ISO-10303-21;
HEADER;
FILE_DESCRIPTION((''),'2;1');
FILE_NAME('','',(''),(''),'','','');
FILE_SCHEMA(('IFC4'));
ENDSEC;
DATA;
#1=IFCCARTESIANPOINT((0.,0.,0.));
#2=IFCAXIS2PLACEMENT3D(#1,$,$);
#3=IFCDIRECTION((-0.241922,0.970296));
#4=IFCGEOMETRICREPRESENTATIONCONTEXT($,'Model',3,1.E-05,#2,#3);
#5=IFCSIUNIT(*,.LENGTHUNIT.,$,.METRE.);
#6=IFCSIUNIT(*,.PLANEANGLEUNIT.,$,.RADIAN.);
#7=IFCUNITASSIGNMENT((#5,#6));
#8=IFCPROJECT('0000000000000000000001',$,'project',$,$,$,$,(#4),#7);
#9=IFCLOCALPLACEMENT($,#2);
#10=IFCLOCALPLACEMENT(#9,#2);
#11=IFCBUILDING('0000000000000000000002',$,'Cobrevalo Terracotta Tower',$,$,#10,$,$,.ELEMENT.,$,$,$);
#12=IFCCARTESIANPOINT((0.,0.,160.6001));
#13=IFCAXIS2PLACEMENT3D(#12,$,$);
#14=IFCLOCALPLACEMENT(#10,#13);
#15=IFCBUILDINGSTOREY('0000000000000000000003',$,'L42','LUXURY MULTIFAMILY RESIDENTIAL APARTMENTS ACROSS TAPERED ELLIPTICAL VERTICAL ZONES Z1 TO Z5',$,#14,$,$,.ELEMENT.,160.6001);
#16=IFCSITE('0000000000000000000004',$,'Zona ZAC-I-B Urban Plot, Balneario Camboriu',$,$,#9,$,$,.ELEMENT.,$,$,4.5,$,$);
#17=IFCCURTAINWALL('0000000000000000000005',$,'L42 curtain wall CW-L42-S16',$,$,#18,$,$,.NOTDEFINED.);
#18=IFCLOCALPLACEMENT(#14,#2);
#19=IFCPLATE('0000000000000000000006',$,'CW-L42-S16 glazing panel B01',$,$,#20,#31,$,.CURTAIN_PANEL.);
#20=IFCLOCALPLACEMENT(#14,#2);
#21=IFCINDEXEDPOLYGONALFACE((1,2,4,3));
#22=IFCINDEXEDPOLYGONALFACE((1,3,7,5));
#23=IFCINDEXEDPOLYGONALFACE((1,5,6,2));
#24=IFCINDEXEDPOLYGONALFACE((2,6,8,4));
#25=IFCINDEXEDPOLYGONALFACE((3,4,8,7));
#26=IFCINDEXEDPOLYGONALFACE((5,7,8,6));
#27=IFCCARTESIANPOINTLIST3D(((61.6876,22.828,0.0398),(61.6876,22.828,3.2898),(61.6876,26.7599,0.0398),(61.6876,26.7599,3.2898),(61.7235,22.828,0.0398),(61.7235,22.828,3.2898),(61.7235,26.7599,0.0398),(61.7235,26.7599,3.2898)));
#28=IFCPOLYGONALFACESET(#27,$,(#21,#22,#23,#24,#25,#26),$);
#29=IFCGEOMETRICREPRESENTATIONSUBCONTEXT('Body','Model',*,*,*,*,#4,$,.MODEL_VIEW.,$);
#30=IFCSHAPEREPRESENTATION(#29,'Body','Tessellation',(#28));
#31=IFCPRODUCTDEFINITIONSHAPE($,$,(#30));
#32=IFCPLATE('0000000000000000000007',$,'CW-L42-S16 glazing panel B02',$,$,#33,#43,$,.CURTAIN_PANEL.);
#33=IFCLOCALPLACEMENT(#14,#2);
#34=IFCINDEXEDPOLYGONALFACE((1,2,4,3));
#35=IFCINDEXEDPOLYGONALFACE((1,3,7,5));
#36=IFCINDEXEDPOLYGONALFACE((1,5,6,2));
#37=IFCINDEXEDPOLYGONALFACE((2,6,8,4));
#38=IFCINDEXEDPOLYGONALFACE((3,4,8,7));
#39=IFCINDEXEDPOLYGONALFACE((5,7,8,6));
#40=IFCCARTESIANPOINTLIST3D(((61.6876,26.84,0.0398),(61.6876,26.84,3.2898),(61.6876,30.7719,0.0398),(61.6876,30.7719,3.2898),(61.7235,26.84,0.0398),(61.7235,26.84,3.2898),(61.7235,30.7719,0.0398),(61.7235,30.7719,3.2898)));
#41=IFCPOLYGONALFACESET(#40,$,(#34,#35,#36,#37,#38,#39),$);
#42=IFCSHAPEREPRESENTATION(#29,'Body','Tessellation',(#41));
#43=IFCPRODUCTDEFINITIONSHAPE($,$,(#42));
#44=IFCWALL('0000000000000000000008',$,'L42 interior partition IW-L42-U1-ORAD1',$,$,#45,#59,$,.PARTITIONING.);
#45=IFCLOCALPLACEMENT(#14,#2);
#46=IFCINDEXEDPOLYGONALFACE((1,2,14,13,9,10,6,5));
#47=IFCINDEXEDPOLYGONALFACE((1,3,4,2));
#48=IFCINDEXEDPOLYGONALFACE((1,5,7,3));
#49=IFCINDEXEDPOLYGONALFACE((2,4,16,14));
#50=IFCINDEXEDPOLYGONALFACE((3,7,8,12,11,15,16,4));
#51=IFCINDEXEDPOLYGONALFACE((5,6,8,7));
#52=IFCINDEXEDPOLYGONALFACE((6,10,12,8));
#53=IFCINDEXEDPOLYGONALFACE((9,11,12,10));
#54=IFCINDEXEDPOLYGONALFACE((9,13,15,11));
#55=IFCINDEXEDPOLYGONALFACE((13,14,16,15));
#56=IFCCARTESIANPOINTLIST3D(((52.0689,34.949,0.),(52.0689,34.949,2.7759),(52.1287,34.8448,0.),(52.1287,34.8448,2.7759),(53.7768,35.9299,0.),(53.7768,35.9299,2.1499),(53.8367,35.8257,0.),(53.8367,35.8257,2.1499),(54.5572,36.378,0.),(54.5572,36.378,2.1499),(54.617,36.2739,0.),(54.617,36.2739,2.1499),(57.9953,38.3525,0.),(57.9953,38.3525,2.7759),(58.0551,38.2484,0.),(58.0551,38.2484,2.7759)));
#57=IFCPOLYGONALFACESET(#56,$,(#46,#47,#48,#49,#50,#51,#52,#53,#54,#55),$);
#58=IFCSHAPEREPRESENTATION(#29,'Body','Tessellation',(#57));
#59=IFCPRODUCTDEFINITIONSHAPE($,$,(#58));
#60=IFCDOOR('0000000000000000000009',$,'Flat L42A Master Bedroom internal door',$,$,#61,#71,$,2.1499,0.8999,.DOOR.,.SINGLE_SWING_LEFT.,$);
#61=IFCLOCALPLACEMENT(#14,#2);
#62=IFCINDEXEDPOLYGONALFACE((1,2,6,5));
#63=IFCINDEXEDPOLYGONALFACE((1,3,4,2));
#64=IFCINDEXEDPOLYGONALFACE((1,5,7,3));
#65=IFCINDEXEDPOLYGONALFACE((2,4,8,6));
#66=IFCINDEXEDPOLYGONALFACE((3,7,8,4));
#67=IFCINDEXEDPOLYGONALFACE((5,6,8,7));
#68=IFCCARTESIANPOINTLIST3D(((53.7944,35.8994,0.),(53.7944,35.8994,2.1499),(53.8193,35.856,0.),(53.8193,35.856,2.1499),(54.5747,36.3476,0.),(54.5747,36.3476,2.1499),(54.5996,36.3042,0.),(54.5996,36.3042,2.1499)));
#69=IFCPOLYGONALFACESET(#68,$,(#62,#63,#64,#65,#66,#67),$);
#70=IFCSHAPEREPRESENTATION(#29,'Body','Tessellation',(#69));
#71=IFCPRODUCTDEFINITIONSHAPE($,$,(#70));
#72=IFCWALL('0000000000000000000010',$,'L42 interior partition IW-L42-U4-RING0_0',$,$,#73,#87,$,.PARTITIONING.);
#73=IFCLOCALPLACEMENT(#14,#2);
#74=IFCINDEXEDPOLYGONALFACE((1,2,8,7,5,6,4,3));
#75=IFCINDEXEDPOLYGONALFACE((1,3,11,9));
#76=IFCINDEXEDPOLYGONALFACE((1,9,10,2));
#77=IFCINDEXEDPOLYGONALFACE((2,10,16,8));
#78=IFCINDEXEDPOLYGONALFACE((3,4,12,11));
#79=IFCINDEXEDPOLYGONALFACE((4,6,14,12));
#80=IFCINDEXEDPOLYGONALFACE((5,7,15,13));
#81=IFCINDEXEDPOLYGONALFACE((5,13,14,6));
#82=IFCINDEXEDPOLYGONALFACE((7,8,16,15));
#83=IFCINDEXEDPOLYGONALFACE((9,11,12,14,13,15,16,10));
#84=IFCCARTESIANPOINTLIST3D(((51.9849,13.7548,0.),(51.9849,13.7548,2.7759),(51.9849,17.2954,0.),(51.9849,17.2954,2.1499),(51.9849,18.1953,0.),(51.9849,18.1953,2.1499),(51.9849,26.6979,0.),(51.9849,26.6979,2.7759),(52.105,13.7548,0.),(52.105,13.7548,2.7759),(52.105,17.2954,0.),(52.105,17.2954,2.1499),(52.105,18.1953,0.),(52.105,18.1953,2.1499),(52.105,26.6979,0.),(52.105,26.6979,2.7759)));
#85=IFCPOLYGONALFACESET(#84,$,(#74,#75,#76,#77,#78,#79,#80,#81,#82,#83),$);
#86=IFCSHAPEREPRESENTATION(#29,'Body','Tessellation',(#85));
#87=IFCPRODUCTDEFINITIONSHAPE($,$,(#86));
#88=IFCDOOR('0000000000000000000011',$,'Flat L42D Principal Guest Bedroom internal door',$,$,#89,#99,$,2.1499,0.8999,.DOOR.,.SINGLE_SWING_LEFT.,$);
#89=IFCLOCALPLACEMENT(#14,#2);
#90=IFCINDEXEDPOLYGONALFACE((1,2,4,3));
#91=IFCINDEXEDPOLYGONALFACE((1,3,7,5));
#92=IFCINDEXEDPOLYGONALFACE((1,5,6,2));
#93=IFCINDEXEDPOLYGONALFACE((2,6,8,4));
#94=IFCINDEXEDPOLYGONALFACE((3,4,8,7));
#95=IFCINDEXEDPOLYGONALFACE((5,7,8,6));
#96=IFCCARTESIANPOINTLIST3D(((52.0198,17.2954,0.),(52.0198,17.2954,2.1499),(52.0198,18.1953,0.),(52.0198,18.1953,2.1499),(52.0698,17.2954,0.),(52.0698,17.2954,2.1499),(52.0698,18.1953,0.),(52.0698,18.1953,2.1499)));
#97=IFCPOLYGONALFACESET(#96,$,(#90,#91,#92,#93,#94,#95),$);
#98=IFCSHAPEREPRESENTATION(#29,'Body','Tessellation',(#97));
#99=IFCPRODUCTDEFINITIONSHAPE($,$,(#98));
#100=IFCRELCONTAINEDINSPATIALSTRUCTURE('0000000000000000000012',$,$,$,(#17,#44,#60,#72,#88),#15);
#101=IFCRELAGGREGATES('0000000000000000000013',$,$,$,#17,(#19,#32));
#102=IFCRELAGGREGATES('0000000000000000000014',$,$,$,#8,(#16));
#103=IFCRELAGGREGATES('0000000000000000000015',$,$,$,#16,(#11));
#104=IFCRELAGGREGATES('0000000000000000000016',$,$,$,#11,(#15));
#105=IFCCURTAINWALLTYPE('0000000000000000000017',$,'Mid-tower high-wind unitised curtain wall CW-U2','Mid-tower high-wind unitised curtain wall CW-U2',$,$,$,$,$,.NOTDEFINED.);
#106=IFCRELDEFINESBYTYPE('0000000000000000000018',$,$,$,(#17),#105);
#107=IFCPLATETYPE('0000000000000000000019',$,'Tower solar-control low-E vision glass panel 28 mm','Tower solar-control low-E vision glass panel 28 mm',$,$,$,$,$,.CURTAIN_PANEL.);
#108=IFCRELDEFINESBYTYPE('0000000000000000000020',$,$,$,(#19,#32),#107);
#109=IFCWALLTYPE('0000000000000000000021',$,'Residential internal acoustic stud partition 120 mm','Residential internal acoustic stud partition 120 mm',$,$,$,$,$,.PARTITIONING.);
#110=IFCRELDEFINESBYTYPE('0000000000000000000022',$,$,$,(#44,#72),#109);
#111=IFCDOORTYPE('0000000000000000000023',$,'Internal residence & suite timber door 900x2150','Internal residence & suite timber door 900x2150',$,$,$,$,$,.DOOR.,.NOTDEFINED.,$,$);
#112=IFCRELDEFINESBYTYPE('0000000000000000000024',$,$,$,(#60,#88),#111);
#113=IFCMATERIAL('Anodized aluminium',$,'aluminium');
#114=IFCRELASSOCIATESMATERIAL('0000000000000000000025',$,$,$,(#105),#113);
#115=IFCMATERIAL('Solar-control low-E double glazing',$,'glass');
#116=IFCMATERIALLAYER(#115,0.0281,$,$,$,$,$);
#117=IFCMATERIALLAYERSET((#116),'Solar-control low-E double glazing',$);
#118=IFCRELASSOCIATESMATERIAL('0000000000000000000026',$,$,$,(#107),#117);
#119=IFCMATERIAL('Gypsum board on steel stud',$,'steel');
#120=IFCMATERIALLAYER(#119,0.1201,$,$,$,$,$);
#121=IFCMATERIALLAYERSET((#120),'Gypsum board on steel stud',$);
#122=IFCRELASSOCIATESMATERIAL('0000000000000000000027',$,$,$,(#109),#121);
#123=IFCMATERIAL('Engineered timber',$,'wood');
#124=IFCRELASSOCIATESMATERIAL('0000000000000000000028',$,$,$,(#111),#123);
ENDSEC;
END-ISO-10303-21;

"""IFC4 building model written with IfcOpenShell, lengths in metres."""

from ifc_helpers import new_model, si_unit, direction, frame, frame_2d, origin, origin_2d, place, context, subcontext, project, spatial, rectangle, extrude, source, transform, mapped, material, layer, layer_set, type_object, element, fill, aggregate, save


model = new_model("IFC4")

# Units and contexts
model_context = context("Model", 3, precision=1e-05, world=origin(), true_north=direction((-0.241922, 0.970296)))
body_context = subcontext(model_context, "Body", "Model", "MODEL_VIEW")
ifc_project = project(units=[si_unit("LENGTHUNIT", "METRE"), si_unit("PLANEANGLEUNIT", "RADIAN")], contexts=[model_context])

# Site, building, storey
site_placement = place(None, origin())
site = spatial("IfcSite", under=ifc_project, at=site_placement, Name="Zona ZAC-I-B Urban Plot, Balneario Camboriu", CompositionType="ELEMENT", RefElevation=4.5)
building_placement = place(site_placement, origin())
building = spatial("IfcBuilding", under=site, at=building_placement, Name="Cobrevalo Terracotta Tower", CompositionType="ELEMENT")
storey_placement = place(building_placement, frame((0.0, 0.0, 160.6001)))
storey = spatial("IfcBuildingStorey", under=building, at=storey_placement, Name="L42", Description="LUXURY MULTIFAMILY RESIDENTIAL APARTMENTS ACROSS TAPERED ELLIPTICAL VERTICAL ZONES Z1 TO Z5", CompositionType="ELEMENT", Elevation=160.6001)

# Curtain wall
ifc_material_1 = material(Name="Anodized aluminium", Category="aluminium")
curtain_wall_type = type_object("IfcCurtainWallType", Name="Mid-tower high-wind unitised curtain wall CW-U2", Description="Mid-tower high-wind unitised curtain wall CW-U2", PredefinedType="NOTDEFINED", material=ifc_material_1)
curtain_wall_1_placement = place(storey_placement, origin())
curtain_wall_1 = element("IfcCurtainWall", 1, at=curtain_wall_1_placement, inside=storey, type_object=curtain_wall_type, Name="L42 curtain wall CW-L42-S16", PredefinedType="NOTDEFINED")

# Plates
ifc_material_2 = material(Name="Solar-control low-E double glazing", Category="glass")
ifc_layer_1 = layer(ifc_material_2, 0.0281)
ifc_layer_set_1 = layer_set([ifc_layer_1], Name="Solar-control low-E double glazing")
plate_type = type_object("IfcPlateType", Name="Tower solar-control low-E vision glass panel 28 mm", Description="Tower solar-control low-E vision glass panel 28 mm", PredefinedType="CURTAIN_PANEL", material=ifc_layer_set_1)
shared_shape_1 = source(origin(), body_context, "Body", "SweptSolid", [
    extrude(rectangle(XDim=3.9319, YDim=0.0359, at=origin_2d()), origin(), (0.0, 0.0, 1.0), 3.25),
])
plate_1_placement = place(storey_placement, frame((61.7056, 24.7939, 0.0398), z_axis=(0.0, 0.0, 1.0), x_axis=(0.0, 1.0, 0.0)))
plate_1 = element("IfcPlate", 2, at=plate_1_placement, type_object=plate_type, Name="CW-L42-S16 glazing panel B01", PredefinedType="CURTAIN_PANEL", context=body_context, shape_type="MappedRepresentation", body=[
    mapped(shared_shape_1, transform((0.0, 0.0, 0.0), scale=1.0)),
])
plate_2_placement = place(storey_placement, frame((61.7056, 28.8059, 0.0398), z_axis=(0.0, 0.0, 1.0), x_axis=(0.0, 1.0, 0.0)))
plate_2 = element("IfcPlate", 3, at=plate_2_placement, type_object=plate_type, Name="CW-L42-S16 glazing panel B02", PredefinedType="CURTAIN_PANEL", context=body_context, shape_type="MappedRepresentation", body=[
    mapped(shared_shape_1, transform((0.0, 0.0, 0.0), scale=1.0)),
])
aggregate(curtain_wall_1, [plate_1, plate_2])

# Walls, openings, doors
ifc_material_3 = material(Name="Gypsum board on steel stud", Category="steel")
ifc_layer_2 = layer(ifc_material_3, 0.1201)
ifc_layer_set_2 = layer_set([ifc_layer_2], Name="Gypsum board on steel stud")
wall_type = type_object("IfcWallType", Name="Residential internal acoustic stud partition 120 mm", Description="Residential internal acoustic stud partition 120 mm", PredefinedType="PARTITIONING", material=ifc_layer_set_2)
wall_1_placement = place(storey_placement, frame((52.0989, 34.897, 0.0), z_axis=(0.0, 0.0, 1.0), x_axis=(0.867171, 0.498011, 0.0)))
wall_1 = element("IfcWall", 4, at=wall_1_placement, inside=storey, type_object=wall_type, Name="L42 interior partition IW-L42-U1-ORAD1", PredefinedType="PARTITIONING", context=body_context, shape_type="SweptSolid", body=[
    extrude(rectangle(XDim=6.8342, YDim=0.1201, at=frame_2d((3.417, 0.0))), origin(), (0.0, 0.0, 1.0), 2.7759),
])
opening_1_placement = place(wall_1_placement, frame((1.9695, 0.0, 0.0)))
opening_1 = element("IfcOpeningElement", 5, at=opening_1_placement, cuts=wall_1, PredefinedType="OPENING", context=body_context, shape_type="SweptSolid", body=[
    extrude(rectangle(XDim=0.8999, YDim=2.1499, at=frame_2d((0.45, 1.075))), frame((0.0, 0.0701, 0.0), z_axis=(0.0, -1.0, 0.0), x_axis=(1.0, 0.0, 0.0)), (0.0, 0.0, 1.0), 0.1401),
])
ifc_material_4 = material(Name="Engineered timber", Category="wood")
door_type = type_object("IfcDoorType", Name="Internal residence & suite timber door 900x2150", Description="Internal residence & suite timber door 900x2150", OperationType="NOTDEFINED", PredefinedType="DOOR", material=ifc_material_4)
shared_shape_2 = source(origin(), body_context, "Body", "SweptSolid", [
    extrude(rectangle(XDim=0.8999, YDim=2.1499, at=frame_2d((0.45, 1.075))), frame((0.0, 0.0249, 0.0), z_axis=(0.0, -1.0, 0.0), x_axis=(1.0, 0.0, 0.0)), (0.0, 0.0, 1.0), 0.05),
])
door_1_placement = place(opening_1_placement, origin())
door_1 = element("IfcDoor", 6, at=door_1_placement, inside=storey, type_object=door_type, Name="Flat L42A Master Bedroom internal door", OperationType="SINGLE_SWING_LEFT", OverallHeight=2.1499, OverallWidth=0.8999, PredefinedType="DOOR", context=body_context, shape_type="MappedRepresentation", body=[
    mapped(shared_shape_2, transform((0.0, 0.0, 0.0), scale=1.0)),
])
fill(opening_1, door_1)
wall_2_placement = place(storey_placement, frame((52.0449, 26.698, 0.0), z_axis=(0.0, 0.0, 1.0), x_axis=(0.0, -1.0, 0.0)))
wall_2 = element("IfcWall", 7, at=wall_2_placement, inside=storey, type_object=wall_type, Name="L42 interior partition IW-L42-U4-RING0_0", PredefinedType="PARTITIONING", context=body_context, shape_type="SweptSolid", body=[
    extrude(rectangle(XDim=12.9431, YDim=0.1201, at=frame_2d((6.4717, 0.0))), origin(), (0.0, 0.0, 1.0), 2.7759),
])
opening_2_placement = place(wall_2_placement, frame((8.5027, 0.0, 0.0)))
opening_2 = element("IfcOpeningElement", 8, at=opening_2_placement, cuts=wall_2, PredefinedType="OPENING", context=body_context, shape_type="SweptSolid", body=[
    extrude(rectangle(XDim=0.8999, YDim=2.1499, at=frame_2d((0.45, 1.075))), frame((0.0, 0.0701, 0.0), z_axis=(0.0, -1.0, 0.0), x_axis=(1.0, 0.0, 0.0)), (0.0, 0.0, 1.0), 0.1401),
])
door_2_placement = place(opening_2_placement, origin())
door_2 = element("IfcDoor", 9, at=door_2_placement, inside=storey, type_object=door_type, Name="Flat L42D Principal Guest Bedroom internal door", OperationType="SINGLE_SWING_LEFT", OverallHeight=2.1499, OverallWidth=0.8999, PredefinedType="DOOR", context=body_context, shape_type="MappedRepresentation", body=[
    mapped(shared_shape_2, transform((0.0, 0.0, 0.0), scale=1.0)),
])
fill(opening_2, door_2)

save(model, "model.ifc")
